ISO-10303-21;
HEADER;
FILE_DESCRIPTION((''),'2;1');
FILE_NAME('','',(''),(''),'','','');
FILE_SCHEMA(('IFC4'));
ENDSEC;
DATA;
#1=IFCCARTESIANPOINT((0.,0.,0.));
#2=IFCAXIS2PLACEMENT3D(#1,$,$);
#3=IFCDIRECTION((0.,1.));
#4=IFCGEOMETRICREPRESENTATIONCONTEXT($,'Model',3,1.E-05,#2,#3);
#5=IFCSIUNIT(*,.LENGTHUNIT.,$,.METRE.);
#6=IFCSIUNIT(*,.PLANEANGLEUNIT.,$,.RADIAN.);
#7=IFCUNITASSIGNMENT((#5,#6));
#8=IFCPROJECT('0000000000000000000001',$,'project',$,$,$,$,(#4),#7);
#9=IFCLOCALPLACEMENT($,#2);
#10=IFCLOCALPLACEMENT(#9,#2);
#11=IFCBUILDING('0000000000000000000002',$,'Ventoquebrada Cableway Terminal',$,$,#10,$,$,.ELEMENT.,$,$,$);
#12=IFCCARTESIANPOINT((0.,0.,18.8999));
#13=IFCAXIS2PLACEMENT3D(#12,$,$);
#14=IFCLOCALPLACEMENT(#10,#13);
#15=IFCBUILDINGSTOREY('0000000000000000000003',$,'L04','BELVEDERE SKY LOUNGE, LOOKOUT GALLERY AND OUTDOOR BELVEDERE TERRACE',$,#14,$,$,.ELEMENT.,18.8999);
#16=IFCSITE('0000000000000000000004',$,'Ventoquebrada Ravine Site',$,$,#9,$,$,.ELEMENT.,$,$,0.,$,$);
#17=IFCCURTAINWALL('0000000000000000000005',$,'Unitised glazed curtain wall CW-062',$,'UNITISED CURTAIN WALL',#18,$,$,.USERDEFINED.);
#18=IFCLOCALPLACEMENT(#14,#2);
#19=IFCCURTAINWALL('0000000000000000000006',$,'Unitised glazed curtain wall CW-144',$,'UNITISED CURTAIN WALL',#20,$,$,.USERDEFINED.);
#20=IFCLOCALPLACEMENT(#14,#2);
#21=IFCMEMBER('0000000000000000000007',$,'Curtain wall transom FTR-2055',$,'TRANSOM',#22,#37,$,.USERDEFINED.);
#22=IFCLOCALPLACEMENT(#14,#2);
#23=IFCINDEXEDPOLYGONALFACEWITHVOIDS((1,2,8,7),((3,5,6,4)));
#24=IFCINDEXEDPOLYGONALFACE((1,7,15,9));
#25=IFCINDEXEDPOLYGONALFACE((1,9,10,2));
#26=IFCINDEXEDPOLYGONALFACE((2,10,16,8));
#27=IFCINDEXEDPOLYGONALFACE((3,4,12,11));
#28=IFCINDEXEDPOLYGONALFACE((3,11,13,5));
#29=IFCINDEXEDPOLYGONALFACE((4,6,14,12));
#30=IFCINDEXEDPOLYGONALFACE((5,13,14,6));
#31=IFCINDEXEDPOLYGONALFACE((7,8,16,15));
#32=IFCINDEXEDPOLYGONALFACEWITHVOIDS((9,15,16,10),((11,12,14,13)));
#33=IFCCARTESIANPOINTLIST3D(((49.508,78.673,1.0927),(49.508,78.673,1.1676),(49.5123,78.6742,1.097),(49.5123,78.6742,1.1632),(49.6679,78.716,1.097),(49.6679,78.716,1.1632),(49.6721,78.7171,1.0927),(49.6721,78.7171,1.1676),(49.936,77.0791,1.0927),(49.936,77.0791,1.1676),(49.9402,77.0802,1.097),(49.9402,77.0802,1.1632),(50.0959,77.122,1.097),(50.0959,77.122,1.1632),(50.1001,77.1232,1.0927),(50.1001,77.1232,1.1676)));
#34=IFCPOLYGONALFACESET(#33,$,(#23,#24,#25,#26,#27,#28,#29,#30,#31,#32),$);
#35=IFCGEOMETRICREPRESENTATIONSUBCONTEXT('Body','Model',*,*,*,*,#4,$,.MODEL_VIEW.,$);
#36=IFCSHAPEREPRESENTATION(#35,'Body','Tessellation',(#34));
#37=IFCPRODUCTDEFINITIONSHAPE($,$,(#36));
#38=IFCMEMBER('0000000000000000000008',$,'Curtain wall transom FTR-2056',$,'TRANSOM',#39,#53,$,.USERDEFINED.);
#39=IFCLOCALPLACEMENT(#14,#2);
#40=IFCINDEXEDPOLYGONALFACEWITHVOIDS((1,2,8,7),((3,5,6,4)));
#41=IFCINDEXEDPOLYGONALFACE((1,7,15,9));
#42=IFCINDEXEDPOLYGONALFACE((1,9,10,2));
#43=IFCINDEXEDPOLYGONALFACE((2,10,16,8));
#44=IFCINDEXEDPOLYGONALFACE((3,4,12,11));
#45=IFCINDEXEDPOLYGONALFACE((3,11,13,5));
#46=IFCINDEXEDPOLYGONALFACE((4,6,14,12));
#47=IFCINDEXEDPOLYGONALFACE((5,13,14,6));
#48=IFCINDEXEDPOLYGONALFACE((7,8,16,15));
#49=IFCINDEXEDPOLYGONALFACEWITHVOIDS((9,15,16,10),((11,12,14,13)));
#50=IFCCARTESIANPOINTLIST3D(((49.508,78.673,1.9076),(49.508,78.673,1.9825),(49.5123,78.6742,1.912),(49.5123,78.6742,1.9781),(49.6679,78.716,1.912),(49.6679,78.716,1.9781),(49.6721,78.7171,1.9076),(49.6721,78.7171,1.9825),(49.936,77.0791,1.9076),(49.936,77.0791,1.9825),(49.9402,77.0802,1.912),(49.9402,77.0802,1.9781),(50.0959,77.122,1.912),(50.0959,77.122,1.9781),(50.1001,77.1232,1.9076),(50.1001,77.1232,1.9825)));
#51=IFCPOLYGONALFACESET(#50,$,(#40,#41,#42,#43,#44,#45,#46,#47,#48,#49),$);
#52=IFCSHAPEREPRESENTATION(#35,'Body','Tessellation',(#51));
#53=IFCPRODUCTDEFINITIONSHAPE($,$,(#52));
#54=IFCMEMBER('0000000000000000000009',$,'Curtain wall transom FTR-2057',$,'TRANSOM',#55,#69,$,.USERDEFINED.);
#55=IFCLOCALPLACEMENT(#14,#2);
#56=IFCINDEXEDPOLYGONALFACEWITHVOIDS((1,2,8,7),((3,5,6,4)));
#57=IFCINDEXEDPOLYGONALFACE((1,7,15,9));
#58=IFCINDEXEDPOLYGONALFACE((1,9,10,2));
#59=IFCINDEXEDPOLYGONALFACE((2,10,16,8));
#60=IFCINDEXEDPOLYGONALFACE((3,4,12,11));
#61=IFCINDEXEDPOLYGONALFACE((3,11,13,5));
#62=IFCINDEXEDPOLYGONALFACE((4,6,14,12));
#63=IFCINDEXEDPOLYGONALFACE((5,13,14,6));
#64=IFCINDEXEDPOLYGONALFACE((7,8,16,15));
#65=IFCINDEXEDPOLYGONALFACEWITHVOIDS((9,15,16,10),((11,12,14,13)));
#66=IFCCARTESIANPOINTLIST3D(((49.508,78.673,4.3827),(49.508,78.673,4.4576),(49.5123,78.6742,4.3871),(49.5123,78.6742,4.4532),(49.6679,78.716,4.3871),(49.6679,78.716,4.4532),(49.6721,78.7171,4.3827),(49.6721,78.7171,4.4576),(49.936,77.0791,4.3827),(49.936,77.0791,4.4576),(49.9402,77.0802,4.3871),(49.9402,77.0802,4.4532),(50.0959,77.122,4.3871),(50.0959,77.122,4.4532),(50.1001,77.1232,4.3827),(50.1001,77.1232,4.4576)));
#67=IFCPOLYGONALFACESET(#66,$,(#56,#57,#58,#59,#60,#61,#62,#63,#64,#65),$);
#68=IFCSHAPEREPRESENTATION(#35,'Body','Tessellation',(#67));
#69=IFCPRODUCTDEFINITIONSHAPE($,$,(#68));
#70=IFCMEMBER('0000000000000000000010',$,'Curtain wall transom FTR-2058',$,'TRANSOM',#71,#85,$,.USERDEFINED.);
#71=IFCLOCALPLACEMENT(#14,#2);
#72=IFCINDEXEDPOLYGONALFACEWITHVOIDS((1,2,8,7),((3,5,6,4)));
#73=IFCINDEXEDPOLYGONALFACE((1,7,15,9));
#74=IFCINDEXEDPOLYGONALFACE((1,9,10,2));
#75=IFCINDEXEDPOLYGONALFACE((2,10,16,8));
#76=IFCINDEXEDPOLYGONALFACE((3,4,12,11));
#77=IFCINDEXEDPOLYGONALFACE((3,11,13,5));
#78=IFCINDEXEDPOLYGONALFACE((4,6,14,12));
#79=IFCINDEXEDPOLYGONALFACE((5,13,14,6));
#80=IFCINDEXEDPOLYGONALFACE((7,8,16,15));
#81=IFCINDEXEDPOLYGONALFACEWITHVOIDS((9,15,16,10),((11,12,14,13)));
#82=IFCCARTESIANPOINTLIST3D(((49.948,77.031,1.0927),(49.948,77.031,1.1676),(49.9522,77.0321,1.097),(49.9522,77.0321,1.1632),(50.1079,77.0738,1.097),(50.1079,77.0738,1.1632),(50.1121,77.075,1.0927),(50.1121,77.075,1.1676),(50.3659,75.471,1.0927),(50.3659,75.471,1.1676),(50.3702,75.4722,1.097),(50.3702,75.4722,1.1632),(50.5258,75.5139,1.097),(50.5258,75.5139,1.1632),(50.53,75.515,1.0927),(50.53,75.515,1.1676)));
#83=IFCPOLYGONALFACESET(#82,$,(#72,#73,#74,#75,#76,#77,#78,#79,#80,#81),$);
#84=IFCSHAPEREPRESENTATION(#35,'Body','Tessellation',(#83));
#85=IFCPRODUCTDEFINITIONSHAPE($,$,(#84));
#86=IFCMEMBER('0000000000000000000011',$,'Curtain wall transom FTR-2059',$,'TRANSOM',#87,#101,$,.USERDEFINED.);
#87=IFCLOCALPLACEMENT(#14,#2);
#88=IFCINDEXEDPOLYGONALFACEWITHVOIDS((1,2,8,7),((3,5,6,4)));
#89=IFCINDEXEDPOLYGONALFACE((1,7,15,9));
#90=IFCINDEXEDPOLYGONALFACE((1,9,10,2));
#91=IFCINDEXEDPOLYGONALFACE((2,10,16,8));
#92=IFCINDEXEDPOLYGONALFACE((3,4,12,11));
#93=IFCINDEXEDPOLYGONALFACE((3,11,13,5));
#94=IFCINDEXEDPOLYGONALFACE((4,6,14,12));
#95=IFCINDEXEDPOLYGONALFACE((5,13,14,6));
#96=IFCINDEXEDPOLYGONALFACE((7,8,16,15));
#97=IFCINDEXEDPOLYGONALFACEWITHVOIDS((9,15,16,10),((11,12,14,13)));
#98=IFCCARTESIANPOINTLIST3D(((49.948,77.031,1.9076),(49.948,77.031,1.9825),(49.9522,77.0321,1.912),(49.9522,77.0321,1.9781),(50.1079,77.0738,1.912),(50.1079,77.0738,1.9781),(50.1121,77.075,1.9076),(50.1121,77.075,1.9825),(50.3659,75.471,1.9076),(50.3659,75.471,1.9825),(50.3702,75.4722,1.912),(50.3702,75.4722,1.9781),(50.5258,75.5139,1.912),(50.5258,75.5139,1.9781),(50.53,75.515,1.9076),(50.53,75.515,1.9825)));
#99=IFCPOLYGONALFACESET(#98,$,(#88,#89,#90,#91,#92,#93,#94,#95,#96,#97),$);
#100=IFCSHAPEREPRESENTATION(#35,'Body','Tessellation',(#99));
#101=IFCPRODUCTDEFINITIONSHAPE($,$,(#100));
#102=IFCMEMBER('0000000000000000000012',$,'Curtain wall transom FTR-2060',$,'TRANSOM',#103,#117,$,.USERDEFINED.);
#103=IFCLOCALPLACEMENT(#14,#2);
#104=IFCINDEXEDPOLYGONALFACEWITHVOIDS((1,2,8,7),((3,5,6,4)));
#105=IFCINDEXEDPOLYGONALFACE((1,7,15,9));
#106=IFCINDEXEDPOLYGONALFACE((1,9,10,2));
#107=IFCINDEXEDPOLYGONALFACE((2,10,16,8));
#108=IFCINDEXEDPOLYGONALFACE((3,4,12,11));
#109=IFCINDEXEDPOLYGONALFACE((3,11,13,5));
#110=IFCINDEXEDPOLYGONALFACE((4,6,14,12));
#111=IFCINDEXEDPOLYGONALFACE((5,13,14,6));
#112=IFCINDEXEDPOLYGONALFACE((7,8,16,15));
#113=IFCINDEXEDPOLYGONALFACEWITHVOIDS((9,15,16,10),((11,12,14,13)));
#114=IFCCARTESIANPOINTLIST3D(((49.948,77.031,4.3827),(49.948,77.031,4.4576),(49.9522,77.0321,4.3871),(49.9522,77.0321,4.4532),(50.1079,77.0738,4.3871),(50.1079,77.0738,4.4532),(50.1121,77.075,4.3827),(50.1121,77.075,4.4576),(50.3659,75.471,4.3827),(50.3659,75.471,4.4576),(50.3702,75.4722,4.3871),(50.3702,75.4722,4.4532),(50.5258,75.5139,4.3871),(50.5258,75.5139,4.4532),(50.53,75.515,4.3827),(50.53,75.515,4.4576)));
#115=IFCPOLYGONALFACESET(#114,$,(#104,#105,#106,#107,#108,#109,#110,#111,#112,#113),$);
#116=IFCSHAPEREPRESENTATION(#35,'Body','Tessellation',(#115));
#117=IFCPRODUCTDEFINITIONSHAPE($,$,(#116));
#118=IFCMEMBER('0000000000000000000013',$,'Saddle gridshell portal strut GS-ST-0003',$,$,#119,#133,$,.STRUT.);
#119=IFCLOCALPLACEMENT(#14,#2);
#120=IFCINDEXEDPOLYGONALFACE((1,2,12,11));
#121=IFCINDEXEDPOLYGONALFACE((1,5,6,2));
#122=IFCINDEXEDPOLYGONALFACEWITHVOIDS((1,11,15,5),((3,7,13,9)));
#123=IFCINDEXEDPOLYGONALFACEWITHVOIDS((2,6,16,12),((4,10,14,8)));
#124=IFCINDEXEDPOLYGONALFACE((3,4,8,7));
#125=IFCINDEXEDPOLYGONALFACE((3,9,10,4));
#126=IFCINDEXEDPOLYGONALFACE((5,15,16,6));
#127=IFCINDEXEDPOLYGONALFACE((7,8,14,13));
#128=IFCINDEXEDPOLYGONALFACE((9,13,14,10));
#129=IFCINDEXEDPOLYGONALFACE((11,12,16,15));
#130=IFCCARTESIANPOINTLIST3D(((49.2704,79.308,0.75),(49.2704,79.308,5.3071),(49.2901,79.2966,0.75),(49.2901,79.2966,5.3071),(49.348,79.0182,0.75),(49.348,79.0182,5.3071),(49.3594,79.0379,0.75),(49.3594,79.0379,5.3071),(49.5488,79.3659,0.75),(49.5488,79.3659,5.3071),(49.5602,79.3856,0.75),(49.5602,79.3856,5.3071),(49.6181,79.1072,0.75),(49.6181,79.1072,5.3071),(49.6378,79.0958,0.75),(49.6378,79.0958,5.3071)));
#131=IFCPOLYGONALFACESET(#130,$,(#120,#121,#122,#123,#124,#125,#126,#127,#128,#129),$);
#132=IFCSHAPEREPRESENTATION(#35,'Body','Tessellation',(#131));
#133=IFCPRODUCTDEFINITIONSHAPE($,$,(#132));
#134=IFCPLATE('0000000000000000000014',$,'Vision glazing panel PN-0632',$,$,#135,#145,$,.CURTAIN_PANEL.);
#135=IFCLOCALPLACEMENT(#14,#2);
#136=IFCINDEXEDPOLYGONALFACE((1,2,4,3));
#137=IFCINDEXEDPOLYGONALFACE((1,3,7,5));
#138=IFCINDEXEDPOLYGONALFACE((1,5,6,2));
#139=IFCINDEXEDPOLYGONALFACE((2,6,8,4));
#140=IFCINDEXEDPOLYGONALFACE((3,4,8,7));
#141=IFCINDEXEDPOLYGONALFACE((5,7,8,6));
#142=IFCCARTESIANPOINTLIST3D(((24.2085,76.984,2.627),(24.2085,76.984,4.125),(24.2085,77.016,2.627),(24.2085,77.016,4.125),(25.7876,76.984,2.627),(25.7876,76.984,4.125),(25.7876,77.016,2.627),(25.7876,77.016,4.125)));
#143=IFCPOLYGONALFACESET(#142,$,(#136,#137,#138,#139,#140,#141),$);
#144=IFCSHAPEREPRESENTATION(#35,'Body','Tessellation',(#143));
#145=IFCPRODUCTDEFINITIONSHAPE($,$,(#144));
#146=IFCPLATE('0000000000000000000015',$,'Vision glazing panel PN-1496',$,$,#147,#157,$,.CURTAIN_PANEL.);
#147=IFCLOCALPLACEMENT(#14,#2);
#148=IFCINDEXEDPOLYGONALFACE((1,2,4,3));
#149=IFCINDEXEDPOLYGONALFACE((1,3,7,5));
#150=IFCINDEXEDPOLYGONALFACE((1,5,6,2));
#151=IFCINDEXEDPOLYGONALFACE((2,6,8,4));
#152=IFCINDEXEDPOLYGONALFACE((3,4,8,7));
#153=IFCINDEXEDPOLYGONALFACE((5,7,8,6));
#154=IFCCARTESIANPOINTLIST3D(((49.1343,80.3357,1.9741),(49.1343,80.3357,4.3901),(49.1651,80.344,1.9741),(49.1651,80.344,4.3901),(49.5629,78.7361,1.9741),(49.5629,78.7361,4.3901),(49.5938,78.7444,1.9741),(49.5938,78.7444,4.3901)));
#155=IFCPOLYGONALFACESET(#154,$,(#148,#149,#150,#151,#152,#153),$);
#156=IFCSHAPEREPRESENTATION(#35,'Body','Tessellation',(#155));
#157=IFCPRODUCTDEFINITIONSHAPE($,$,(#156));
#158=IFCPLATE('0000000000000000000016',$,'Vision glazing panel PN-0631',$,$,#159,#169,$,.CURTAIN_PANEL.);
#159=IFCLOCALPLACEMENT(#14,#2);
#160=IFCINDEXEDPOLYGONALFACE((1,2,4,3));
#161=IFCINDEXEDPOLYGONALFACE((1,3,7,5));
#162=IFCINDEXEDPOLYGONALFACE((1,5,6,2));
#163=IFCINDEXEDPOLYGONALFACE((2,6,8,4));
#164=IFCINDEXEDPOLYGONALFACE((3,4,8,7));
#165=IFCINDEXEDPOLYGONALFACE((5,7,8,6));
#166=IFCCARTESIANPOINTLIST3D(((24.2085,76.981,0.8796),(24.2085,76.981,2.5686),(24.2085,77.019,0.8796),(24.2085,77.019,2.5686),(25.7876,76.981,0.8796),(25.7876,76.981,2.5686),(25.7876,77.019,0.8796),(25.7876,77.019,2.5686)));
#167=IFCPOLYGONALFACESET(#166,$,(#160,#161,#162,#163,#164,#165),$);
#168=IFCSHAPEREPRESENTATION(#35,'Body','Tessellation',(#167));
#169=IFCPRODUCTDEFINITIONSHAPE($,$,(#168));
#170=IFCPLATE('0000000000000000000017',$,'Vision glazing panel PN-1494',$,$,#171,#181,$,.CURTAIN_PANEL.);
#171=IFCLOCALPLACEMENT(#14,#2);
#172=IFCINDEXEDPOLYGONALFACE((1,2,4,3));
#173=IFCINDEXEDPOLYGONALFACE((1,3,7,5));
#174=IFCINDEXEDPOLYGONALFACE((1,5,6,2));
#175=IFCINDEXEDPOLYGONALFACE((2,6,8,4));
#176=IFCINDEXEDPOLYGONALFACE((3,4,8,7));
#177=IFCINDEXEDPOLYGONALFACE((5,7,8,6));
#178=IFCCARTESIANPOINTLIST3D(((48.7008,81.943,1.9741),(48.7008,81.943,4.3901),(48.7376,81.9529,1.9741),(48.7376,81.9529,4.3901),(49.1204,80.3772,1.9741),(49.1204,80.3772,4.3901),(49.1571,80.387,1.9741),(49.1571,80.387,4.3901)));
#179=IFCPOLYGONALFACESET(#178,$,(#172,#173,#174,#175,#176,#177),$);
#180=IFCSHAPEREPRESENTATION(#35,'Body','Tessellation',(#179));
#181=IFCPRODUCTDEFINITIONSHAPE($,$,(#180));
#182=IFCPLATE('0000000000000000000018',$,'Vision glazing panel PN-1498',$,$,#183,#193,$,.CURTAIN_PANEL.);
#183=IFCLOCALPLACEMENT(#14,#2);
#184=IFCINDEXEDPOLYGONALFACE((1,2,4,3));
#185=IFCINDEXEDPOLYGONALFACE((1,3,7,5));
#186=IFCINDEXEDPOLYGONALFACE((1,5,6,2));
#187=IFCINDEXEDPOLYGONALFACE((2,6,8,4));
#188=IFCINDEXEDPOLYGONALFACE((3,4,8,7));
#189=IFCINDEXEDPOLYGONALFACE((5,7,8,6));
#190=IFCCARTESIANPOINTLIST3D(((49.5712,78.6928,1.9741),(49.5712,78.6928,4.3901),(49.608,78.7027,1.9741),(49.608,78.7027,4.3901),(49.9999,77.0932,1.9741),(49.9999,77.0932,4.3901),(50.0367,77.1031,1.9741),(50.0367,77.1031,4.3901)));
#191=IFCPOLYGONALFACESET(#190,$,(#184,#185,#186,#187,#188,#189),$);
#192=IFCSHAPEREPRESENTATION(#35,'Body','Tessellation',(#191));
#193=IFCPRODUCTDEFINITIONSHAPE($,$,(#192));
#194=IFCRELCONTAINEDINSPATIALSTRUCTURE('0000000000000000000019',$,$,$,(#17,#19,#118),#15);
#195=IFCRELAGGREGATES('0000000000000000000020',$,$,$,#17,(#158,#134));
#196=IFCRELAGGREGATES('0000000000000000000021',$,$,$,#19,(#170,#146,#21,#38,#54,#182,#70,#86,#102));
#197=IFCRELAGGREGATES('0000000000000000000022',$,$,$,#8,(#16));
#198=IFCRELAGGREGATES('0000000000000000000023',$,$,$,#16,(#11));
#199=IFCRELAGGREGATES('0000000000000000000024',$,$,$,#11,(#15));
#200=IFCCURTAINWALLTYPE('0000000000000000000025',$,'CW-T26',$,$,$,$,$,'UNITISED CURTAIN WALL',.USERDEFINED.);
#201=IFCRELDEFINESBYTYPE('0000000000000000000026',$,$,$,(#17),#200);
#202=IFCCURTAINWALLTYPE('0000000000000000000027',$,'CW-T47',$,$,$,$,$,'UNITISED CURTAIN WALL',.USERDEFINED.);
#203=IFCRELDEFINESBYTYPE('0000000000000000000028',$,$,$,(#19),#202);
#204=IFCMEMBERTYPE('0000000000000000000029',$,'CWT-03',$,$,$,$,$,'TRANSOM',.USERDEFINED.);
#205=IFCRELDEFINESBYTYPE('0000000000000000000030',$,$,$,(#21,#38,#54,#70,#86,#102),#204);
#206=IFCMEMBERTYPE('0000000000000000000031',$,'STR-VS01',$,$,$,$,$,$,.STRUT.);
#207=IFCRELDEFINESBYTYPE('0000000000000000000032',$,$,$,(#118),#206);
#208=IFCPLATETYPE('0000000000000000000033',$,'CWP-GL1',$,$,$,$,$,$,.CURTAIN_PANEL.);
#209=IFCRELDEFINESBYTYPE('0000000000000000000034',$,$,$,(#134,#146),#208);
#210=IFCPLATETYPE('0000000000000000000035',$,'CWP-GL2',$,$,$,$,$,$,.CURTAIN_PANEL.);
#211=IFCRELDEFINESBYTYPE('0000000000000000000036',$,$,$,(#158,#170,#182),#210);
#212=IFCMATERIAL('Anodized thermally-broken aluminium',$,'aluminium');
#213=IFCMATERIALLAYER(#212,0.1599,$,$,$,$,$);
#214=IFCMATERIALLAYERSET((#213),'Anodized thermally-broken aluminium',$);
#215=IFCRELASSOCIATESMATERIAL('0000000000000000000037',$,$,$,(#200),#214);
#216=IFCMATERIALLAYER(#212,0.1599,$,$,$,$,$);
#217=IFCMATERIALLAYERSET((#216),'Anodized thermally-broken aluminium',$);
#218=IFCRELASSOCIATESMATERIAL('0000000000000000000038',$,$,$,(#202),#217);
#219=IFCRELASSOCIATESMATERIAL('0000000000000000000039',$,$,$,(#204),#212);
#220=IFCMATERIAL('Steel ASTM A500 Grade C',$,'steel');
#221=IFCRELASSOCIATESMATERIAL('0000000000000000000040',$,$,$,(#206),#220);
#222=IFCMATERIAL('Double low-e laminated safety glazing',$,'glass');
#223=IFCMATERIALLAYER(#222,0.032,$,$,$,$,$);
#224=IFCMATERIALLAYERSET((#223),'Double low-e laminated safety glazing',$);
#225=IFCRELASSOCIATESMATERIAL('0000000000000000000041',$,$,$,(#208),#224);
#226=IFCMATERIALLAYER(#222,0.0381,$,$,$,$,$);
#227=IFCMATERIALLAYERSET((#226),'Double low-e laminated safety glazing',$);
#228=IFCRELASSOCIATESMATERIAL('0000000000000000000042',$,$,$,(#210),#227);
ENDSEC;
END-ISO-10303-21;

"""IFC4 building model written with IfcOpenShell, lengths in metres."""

from ifc_helpers import new_model, si_unit, direction, frame, origin, origin_2d, place, context, subcontext, project, spatial, rectangle, hollow_rectangle, extrude, material, layer, layer_set, material_profile, profile_set, type_object, element, aggregate, save


model = new_model("IFC4")

# Units and contexts
model_context = context("Model", 3, precision=1e-05, world=origin(), true_north=direction((0.0, 1.0)))
body_context = subcontext(model_context, "Body", "Model", "MODEL_VIEW")
ifc_project = project(units=[si_unit("LENGTHUNIT", "METRE"), si_unit("PLANEANGLEUNIT", "RADIAN")], contexts=[model_context])

# Site, building, storey
site_placement = place(None, origin())
site = spatial("IfcSite", under=ifc_project, at=site_placement, Name="Ventoquebrada Ravine Site", CompositionType="ELEMENT", RefElevation=0.0)
building_placement = place(site_placement, origin())
building = spatial("IfcBuilding", under=site, at=building_placement, Name="Ventoquebrada Cableway Terminal", CompositionType="ELEMENT")
storey_placement = place(building_placement, frame((0.0, 0.0, 18.8999)))
storey = spatial("IfcBuildingStorey", under=building, at=storey_placement, Name="L04", Description="BELVEDERE SKY LOUNGE, LOOKOUT GALLERY AND OUTDOOR BELVEDERE TERRACE", CompositionType="ELEMENT", Elevation=18.8999)

# Curtain wall
ifc_material_1 = material(Name="Anodized thermally-broken aluminium", Category="aluminium")
ifc_layer_1 = layer(ifc_material_1, 0.1599)
ifc_layer_set_1 = layer_set([ifc_layer_1], Name="Anodized thermally-broken aluminium")
curtain_wall_type_1 = type_object("IfcCurtainWallType", Name="CW-T26", ElementType="UNITISED CURTAIN WALL", PredefinedType="USERDEFINED", material=ifc_layer_set_1)
curtain_wall_1_placement = place(storey_placement, origin())
curtain_wall_1 = element("IfcCurtainWall", 1, at=curtain_wall_1_placement, inside=storey, type_object=curtain_wall_type_1, Name="Unitised glazed curtain wall CW-062", ObjectType="UNITISED CURTAIN WALL", PredefinedType="USERDEFINED")

# Curtain wall
ifc_layer_2 = layer(ifc_material_1, 0.1599)
ifc_layer_set_2 = layer_set([ifc_layer_2], Name="Anodized thermally-broken aluminium")
curtain_wall_type_2 = type_object("IfcCurtainWallType", Name="CW-T47", ElementType="UNITISED CURTAIN WALL", PredefinedType="USERDEFINED", material=ifc_layer_set_2)
curtain_wall_2_placement = place(storey_placement, origin())
curtain_wall_2 = element("IfcCurtainWall", 2, at=curtain_wall_2_placement, inside=storey, type_object=curtain_wall_type_2, Name="Unitised glazed curtain wall CW-144", ObjectType="UNITISED CURTAIN WALL", PredefinedType="USERDEFINED")

# Members
ifc_material_profile_1 = material_profile(ifc_material_1, hollow_rectangle(XDim=0.075, YDim=0.1699, WallThickness=0.0044, at=origin_2d()), Name="CW-TRN-75X170")
ifc_profile_set_1 = profile_set([ifc_material_profile_1], Name="Anodized thermally-broken aluminium")
member_type_1 = type_object("IfcMemberType", Name="CWT-03", ElementType="TRANSOM", PredefinedType="USERDEFINED", material=ifc_profile_set_1)
member_1_placement = place(storey_placement, frame((49.5901, 78.6951, 1.1301), z_axis=(0.25931, -0.965794, 0.0), x_axis=(0.0, 0.0, 1.0)))
member_1 = element("IfcMember", 3, at=member_1_placement, type_object=member_type_1, Name="Curtain wall transom FTR-2055", ObjectType="TRANSOM", PredefinedType="USERDEFINED", context=body_context, shape_type="SweptSolid", body=[
    extrude(hollow_rectangle(XDim=0.075, YDim=0.1699, WallThickness=0.0044, at=origin_2d()), origin(), (0.0, 0.0, 1.0), 1.6504),
])
member_2_placement = place(storey_placement, frame((49.5901, 78.6951, 1.9451), z_axis=(0.25931, -0.965794, 0.0), x_axis=(0.0, 0.0, 1.0)))
member_2 = element("IfcMember", 4, at=member_2_placement, type_object=member_type_1, Name="Curtain wall transom FTR-2056", ObjectType="TRANSOM", PredefinedType="USERDEFINED", context=body_context, shape_type="SweptSolid", body=[
    extrude(hollow_rectangle(XDim=0.075, YDim=0.1699, WallThickness=0.0044, at=origin_2d()), origin(), (0.0, 0.0, 1.0), 1.6504),
])
member_3_placement = place(storey_placement, frame((49.5901, 78.6951, 4.4202), z_axis=(0.25931, -0.965794, 0.0), x_axis=(0.0, 0.0, 1.0)))
member_3 = element("IfcMember", 5, at=member_3_placement, type_object=member_type_1, Name="Curtain wall transom FTR-2057", ObjectType="TRANSOM", PredefinedType="USERDEFINED", context=body_context, shape_type="SweptSolid", body=[
    extrude(hollow_rectangle(XDim=0.075, YDim=0.1699, WallThickness=0.0044, at=origin_2d()), origin(), (0.0, 0.0, 1.0), 1.6504),
])
member_4_placement = place(storey_placement, frame((50.03, 77.053, 1.1301), z_axis=(0.258791, -0.965933, 0.0), x_axis=(0.0, 0.0, 1.0)))
member_4 = element("IfcMember", 6, at=member_4_placement, type_object=member_type_1, Name="Curtain wall transom FTR-2058", ObjectType="TRANSOM", PredefinedType="USERDEFINED", context=body_context, shape_type="SweptSolid", body=[
    extrude(hollow_rectangle(XDim=0.075, YDim=0.1699, WallThickness=0.0044, at=origin_2d()), origin(), (0.0, 0.0, 1.0), 1.615),
])
member_5_placement = place(storey_placement, frame((50.03, 77.053, 1.9451), z_axis=(0.258791, -0.965933, 0.0), x_axis=(0.0, 0.0, 1.0)))
member_5 = element("IfcMember", 7, at=member_5_placement, type_object=member_type_1, Name="Curtain wall transom FTR-2059", ObjectType="TRANSOM", PredefinedType="USERDEFINED", context=body_context, shape_type="SweptSolid", body=[
    extrude(hollow_rectangle(XDim=0.075, YDim=0.1699, WallThickness=0.0044, at=origin_2d()), origin(), (0.0, 0.0, 1.0), 1.615),
])
member_6_placement = place(storey_placement, frame((50.03, 77.053, 4.4202), z_axis=(0.258791, -0.965933, 0.0), x_axis=(0.0, 0.0, 1.0)))
member_6 = element("IfcMember", 8, at=member_6_placement, type_object=member_type_1, Name="Curtain wall transom FTR-2060", ObjectType="TRANSOM", PredefinedType="USERDEFINED", context=body_context, shape_type="SweptSolid", body=[
    extrude(hollow_rectangle(XDim=0.075, YDim=0.1699, WallThickness=0.0044, at=origin_2d()), origin(), (0.0, 0.0, 1.0), 1.615),
])
ifc_material_2 = material(Name="Steel ASTM A500 Grade C", Category="steel")
ifc_material_profile_2 = material_profile(ifc_material_2, hollow_rectangle(XDim=0.3, YDim=0.3, WallThickness=0.0161, at=origin_2d()), Name="HSS300X300X16")
ifc_profile_set_2 = profile_set([ifc_material_profile_2], Name="Steel ASTM A500 Grade C")
member_type_2 = type_object("IfcMemberType", Name="STR-VS01", PredefinedType="STRUT", material=ifc_profile_set_2)
member_7_placement = place(storey_placement, frame((49.4541, 79.2019, 0.75), z_axis=(0.0, 0.0, 1.0), x_axis=(0.965926, 0.258819, 0.0)))
element("IfcMember", 9, at=member_7_placement, inside=storey, type_object=member_type_2, Name="Saddle gridshell portal strut GS-ST-0003", PredefinedType="STRUT", context=body_context, shape_type="SweptSolid", body=[
    extrude(hollow_rectangle(XDim=0.3, YDim=0.3, WallThickness=0.0161, at=origin_2d()), origin(), (0.0, 0.0, 1.0), 4.5571),
])

# Plates
ifc_material_3 = material(Name="Double low-e laminated safety glazing", Category="glass")
ifc_layer_3 = layer(ifc_material_3, 0.032)
ifc_layer_set_3 = layer_set([ifc_layer_3], Name="Double low-e laminated safety glazing")
plate_type_1 = type_object("IfcPlateType", Name="CWP-GL1", PredefinedType="CURTAIN_PANEL", material=ifc_layer_set_3)
plate_1_placement = place(storey_placement, frame((24.998, 77.0, 2.627), z_axis=(0.0, 0.0, 1.0), x_axis=(1.0, 0.0, 0.0)))
plate_1 = element("IfcPlate", 10, at=plate_1_placement, type_object=plate_type_1, Name="Vision glazing panel PN-0632", PredefinedType="CURTAIN_PANEL", context=body_context, shape_type="SweptSolid", body=[
    extrude(rectangle(XDim=1.5791, YDim=0.032, at=origin_2d()), origin(), (0.0, 0.0, 1.0), 1.498),
])
plate_2_placement = place(storey_placement, frame((49.364, 79.54, 1.9741), z_axis=(0.0, 0.0, 1.0), x_axis=(0.258836, -0.965921, 0.0)))
plate_2 = element("IfcPlate", 11, at=plate_2_placement, type_object=plate_type_1, Name="Vision glazing panel PN-1496", PredefinedType="CURTAIN_PANEL", context=body_context, shape_type="SweptSolid", body=[
    extrude(rectangle(XDim=1.656, YDim=0.032, at=origin_2d()), origin(), (0.0, 0.0, 1.0), 2.416),
])
ifc_layer_4 = layer(ifc_material_3, 0.0381)
ifc_layer_set_4 = layer_set([ifc_layer_4], Name="Double low-e laminated safety glazing")
plate_type_2 = type_object("IfcPlateType", Name="CWP-GL2", PredefinedType="CURTAIN_PANEL", material=ifc_layer_set_4)
plate_3_placement = place(storey_placement, frame((24.998, 77.0, 0.8796), z_axis=(0.0, 0.0, 1.0), x_axis=(1.0, 0.0, 0.0)))
plate_3 = element("IfcPlate", 12, at=plate_3_placement, type_object=plate_type_2, Name="Vision glazing panel PN-0631", PredefinedType="CURTAIN_PANEL", context=body_context, shape_type="SweptSolid", body=[
    extrude(rectangle(XDim=1.5791, YDim=0.0381, at=origin_2d()), origin(), (0.0, 0.0, 1.0), 1.689),
])
plate_4_placement = place(storey_placement, frame((48.929, 81.165, 1.9741), z_axis=(0.0, 0.0, 1.0), x_axis=(0.258836, -0.965921, 0.0)))
plate_4 = element("IfcPlate", 13, at=plate_4_placement, type_object=plate_type_2, Name="Vision glazing panel PN-1494", PredefinedType="CURTAIN_PANEL", context=body_context, shape_type="SweptSolid", body=[
    extrude(rectangle(XDim=1.6211, YDim=0.0381, at=origin_2d()), origin(), (0.0, 0.0, 1.0), 2.416),
])
plate_5_placement = place(storey_placement, frame((49.804, 77.8979, 1.9741), z_axis=(0.0, 0.0, 1.0), x_axis=(0.258836, -0.965921, 0.0)))
plate_5 = element("IfcPlate", 14, at=plate_5_placement, type_object=plate_type_2, Name="Vision glazing panel PN-1498", PredefinedType="CURTAIN_PANEL", context=body_context, shape_type="SweptSolid", body=[
    extrude(rectangle(XDim=1.656, YDim=0.0381, at=origin_2d()), origin(), (0.0, 0.0, 1.0), 2.416),
])
aggregate(curtain_wall_1, [plate_3, plate_1])
aggregate(curtain_wall_2, [plate_4, plate_2, member_1, member_2, member_3, plate_5, member_4, member_5, member_6])

save(model, "model.ifc")
